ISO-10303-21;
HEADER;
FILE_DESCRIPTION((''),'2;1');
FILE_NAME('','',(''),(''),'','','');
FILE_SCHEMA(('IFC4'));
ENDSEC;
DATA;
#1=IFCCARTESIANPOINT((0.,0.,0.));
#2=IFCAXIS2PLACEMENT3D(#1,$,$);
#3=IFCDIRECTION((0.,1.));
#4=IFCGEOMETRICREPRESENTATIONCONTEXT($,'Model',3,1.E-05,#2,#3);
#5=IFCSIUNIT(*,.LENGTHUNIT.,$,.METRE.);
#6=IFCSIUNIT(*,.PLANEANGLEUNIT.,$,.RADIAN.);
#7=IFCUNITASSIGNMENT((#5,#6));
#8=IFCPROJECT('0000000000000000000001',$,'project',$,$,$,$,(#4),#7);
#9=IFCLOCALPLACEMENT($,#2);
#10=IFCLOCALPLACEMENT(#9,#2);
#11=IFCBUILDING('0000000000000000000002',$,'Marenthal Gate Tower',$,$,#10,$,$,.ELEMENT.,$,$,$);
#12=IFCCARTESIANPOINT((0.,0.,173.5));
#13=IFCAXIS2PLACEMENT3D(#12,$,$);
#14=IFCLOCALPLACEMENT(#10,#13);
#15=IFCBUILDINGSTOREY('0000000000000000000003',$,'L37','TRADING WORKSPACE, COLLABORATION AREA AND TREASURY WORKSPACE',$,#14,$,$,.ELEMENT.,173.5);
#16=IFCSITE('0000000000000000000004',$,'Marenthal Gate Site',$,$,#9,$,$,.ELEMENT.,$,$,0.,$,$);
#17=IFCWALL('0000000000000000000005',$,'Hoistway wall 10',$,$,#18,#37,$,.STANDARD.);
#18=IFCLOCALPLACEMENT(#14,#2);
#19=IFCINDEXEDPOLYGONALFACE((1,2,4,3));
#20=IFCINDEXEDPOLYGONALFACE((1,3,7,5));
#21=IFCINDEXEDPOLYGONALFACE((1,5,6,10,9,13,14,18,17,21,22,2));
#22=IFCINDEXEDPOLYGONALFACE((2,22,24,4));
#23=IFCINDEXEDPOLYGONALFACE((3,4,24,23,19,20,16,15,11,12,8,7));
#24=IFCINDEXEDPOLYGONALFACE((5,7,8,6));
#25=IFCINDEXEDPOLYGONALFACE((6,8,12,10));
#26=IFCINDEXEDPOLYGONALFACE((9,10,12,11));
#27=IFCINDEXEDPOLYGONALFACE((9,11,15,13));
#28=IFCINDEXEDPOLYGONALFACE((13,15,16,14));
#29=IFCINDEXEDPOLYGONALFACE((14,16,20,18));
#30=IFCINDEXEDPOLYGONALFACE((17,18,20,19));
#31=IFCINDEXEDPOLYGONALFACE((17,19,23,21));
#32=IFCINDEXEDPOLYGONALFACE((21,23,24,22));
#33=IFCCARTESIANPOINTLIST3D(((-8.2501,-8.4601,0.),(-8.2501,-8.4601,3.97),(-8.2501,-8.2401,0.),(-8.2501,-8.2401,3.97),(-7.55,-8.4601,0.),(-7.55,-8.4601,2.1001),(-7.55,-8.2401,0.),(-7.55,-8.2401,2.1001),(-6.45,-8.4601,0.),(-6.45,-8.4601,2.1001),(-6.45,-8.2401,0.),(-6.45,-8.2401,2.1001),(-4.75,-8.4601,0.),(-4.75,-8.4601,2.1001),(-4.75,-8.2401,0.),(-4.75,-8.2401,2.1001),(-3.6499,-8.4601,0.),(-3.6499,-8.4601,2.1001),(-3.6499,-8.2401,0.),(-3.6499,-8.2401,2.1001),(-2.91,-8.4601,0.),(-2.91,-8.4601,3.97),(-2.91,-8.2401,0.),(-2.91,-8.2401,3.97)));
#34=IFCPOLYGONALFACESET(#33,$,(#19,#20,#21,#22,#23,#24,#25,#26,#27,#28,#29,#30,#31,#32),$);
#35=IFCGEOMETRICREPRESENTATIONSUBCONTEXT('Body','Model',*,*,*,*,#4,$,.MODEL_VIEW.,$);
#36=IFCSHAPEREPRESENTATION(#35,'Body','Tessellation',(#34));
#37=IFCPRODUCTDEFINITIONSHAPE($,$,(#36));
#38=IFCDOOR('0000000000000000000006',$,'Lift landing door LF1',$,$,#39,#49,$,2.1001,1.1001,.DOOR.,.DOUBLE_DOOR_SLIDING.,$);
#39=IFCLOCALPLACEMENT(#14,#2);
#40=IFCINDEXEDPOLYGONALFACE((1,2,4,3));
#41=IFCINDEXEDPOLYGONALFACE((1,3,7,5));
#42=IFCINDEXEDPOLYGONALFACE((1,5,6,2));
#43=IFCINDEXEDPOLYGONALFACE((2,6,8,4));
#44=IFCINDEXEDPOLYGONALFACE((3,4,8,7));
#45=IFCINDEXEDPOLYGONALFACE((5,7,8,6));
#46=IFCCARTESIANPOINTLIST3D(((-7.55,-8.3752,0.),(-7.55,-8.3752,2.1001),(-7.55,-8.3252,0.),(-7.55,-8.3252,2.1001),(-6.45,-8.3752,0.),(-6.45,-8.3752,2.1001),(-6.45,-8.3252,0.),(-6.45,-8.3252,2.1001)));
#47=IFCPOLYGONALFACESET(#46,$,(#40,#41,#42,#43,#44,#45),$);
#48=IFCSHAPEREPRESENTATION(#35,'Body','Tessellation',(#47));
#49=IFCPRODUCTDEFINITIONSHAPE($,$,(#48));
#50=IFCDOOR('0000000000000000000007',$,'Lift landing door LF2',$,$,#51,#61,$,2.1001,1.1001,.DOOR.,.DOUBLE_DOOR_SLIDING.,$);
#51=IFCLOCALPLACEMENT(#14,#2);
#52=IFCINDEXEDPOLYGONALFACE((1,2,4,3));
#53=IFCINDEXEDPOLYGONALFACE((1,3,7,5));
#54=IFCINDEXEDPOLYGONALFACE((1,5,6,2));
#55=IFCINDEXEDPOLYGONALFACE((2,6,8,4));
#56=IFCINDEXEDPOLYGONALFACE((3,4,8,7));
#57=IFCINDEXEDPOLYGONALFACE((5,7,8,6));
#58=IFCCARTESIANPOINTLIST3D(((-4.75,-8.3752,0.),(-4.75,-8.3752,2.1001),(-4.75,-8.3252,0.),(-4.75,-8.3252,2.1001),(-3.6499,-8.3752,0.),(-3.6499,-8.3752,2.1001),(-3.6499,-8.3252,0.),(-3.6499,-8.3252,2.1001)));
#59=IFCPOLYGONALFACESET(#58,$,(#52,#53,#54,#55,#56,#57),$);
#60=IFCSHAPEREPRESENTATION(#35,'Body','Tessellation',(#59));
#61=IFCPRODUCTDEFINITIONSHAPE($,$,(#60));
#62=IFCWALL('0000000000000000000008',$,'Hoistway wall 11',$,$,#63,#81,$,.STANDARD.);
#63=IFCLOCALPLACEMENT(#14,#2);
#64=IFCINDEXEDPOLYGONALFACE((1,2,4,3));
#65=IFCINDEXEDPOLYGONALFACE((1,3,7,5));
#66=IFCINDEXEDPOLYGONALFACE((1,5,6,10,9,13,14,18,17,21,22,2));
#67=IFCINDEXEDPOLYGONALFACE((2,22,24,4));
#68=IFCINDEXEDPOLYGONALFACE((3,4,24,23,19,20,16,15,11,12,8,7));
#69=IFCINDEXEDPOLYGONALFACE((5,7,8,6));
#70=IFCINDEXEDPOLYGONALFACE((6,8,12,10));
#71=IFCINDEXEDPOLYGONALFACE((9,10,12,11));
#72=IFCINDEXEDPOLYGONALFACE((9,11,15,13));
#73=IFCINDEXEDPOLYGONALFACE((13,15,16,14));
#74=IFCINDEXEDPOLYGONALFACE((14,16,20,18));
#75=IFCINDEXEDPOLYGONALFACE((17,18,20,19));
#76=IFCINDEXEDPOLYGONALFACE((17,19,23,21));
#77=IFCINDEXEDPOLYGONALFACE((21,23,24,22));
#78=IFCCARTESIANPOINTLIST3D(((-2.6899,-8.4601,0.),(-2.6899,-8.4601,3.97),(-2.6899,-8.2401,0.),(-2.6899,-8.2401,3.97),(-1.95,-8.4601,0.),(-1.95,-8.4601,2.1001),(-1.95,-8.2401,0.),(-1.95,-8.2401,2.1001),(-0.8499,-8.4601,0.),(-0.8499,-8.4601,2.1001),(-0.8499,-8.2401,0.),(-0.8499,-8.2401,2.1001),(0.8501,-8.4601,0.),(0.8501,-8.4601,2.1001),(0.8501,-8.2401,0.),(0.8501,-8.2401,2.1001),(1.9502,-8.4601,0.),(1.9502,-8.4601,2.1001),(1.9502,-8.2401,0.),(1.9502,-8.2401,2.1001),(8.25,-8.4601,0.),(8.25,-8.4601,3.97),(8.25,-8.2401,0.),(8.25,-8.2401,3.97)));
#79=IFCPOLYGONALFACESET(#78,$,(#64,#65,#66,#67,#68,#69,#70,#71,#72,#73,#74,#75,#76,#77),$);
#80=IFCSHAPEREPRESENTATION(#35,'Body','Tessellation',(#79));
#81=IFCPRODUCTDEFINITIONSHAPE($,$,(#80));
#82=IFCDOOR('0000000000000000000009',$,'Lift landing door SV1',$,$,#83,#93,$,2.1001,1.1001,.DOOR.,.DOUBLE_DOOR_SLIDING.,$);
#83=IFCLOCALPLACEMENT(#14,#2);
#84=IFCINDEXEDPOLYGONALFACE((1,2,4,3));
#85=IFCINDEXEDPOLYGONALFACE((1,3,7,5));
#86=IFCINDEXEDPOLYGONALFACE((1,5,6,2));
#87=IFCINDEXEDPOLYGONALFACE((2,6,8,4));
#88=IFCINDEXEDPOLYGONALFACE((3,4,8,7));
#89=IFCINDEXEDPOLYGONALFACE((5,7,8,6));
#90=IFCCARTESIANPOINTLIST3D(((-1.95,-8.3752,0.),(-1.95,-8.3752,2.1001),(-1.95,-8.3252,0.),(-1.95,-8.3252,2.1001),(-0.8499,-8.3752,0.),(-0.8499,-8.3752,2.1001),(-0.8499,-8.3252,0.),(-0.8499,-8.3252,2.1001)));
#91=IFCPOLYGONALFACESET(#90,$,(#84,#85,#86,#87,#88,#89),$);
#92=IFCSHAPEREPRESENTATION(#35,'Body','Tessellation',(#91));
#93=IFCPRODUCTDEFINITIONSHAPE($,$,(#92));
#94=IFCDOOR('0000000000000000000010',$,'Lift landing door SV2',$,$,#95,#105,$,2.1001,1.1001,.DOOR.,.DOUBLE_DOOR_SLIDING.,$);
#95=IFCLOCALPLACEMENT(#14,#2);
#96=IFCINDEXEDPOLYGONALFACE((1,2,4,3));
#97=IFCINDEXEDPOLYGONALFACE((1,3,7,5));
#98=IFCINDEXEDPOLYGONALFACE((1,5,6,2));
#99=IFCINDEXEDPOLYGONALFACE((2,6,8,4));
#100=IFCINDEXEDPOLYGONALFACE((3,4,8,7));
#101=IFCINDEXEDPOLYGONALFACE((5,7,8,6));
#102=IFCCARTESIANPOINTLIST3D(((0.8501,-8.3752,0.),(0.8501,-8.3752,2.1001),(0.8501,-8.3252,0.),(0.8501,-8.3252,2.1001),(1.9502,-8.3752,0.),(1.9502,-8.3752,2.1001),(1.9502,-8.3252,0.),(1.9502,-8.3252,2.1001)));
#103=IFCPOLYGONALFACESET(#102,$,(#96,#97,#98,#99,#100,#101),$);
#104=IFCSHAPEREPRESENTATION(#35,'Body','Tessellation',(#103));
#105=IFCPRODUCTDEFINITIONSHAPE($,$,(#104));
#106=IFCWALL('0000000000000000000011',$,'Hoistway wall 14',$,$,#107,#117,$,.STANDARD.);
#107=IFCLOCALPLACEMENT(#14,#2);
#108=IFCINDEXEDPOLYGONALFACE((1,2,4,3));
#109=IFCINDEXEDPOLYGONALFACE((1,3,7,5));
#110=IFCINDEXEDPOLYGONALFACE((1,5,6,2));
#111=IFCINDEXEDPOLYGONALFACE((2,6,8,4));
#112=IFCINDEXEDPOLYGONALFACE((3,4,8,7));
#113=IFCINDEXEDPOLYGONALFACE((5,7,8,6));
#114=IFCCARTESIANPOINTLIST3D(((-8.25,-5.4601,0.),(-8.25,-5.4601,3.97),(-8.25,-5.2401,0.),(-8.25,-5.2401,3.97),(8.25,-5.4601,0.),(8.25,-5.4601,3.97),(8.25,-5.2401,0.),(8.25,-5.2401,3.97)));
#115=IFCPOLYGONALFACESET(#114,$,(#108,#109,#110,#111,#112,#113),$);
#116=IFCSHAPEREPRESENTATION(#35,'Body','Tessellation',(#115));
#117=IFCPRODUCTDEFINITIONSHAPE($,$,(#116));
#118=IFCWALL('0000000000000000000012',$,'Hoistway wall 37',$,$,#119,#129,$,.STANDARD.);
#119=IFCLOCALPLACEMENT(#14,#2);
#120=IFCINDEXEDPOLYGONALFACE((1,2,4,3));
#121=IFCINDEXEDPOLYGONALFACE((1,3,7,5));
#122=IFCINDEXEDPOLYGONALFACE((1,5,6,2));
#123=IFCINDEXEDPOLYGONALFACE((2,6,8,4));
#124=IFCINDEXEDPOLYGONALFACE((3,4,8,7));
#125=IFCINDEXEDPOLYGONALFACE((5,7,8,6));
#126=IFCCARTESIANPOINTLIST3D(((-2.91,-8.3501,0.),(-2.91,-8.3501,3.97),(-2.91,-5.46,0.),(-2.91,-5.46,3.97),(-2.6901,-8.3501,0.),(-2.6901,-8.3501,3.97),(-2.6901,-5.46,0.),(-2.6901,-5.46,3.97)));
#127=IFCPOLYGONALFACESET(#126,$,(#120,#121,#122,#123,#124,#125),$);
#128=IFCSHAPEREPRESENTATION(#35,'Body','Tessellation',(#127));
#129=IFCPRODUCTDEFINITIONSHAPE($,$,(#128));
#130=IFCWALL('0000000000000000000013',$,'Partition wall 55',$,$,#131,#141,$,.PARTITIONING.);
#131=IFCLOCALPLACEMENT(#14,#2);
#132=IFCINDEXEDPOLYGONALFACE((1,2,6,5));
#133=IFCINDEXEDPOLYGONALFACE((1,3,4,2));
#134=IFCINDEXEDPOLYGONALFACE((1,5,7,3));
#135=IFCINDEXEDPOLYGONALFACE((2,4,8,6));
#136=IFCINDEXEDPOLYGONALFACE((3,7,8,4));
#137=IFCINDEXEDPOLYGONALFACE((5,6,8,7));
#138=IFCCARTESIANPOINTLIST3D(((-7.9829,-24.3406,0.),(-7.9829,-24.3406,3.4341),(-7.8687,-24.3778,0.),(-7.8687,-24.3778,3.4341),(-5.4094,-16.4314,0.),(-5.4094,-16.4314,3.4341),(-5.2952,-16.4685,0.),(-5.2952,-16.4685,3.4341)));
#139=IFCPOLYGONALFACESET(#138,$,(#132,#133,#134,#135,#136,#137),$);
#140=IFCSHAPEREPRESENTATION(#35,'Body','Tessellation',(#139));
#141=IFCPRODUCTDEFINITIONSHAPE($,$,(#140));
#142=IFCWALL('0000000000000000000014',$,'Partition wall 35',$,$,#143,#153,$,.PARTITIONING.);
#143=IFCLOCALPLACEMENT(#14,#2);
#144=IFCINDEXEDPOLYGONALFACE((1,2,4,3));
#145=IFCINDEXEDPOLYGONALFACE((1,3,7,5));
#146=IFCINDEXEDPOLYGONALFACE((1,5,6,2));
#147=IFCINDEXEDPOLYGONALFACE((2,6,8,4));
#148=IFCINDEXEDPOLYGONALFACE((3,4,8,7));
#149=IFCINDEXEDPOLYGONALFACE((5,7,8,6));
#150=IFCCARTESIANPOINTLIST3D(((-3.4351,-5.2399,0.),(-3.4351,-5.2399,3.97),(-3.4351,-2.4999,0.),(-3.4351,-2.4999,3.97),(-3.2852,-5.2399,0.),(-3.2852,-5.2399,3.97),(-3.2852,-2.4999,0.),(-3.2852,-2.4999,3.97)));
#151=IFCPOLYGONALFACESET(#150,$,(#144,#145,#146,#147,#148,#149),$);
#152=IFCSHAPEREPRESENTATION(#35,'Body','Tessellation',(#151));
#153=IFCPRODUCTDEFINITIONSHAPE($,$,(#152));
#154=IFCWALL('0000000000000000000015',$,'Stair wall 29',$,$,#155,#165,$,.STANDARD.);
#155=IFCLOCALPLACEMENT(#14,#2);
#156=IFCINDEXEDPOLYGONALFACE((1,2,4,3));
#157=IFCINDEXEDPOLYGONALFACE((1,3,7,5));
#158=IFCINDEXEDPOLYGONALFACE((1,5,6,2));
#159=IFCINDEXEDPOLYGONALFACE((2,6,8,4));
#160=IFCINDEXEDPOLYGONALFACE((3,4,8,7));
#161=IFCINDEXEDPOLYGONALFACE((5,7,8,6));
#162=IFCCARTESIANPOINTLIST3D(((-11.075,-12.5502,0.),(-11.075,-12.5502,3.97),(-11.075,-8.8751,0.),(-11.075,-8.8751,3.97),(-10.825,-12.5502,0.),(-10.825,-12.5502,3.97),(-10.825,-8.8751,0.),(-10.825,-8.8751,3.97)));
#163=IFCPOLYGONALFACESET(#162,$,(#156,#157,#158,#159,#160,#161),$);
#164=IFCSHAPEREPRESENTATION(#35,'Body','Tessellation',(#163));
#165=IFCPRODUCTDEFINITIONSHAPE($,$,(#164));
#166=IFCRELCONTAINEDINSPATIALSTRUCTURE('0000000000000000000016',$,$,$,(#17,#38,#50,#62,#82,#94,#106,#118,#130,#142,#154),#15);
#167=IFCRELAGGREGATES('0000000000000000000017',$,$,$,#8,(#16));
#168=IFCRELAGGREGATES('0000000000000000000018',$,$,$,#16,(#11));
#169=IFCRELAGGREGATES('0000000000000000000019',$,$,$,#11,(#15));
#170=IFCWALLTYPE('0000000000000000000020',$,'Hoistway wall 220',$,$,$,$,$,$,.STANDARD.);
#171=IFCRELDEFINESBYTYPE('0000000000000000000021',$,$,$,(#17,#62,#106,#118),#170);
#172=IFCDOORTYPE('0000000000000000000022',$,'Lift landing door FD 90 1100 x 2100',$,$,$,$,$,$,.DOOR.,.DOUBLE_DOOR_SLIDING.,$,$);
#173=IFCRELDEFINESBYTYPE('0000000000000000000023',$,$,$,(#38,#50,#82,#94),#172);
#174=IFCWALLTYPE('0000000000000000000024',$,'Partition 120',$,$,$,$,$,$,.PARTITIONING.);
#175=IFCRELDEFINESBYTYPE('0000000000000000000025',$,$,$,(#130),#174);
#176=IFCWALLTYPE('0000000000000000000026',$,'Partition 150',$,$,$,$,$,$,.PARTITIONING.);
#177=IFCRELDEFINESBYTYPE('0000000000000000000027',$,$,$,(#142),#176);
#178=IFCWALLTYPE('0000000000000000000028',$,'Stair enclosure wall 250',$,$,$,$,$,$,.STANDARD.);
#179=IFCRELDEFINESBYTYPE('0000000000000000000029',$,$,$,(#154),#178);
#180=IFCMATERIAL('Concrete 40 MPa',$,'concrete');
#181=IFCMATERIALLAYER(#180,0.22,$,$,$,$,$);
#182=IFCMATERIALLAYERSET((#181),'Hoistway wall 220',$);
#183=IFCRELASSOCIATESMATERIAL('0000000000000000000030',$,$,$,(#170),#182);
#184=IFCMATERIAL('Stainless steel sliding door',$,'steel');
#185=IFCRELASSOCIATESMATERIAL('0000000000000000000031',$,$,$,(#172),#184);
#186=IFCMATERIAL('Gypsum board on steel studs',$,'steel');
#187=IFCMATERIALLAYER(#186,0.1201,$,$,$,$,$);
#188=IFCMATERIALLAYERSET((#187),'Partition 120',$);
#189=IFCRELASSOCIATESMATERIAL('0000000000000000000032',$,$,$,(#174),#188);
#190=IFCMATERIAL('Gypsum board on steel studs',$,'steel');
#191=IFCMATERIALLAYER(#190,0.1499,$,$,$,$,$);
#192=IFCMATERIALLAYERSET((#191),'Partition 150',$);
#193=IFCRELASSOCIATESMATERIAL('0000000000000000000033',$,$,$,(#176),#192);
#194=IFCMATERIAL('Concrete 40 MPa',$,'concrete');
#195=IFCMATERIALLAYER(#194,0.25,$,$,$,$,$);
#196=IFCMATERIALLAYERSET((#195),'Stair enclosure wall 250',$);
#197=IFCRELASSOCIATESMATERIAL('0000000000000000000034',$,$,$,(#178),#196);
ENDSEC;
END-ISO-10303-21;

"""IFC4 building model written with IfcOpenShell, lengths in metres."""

from ifc_helpers import new_model, si_unit, direction, frame, frame_2d, origin, place, context, subcontext, project, spatial, rectangle, extrude, material, layer, layer_set, type_object, element, fill, save


model = new_model("IFC4")

# Units and contexts
model_context = context("Model", 3, precision=1e-05, world=origin(), true_north=direction((0.0, 1.0)))
body_context = subcontext(model_context, "Body", "Model", "MODEL_VIEW")
ifc_project = project(units=[si_unit("LENGTHUNIT", "METRE"), si_unit("PLANEANGLEUNIT", "RADIAN")], contexts=[model_context])

# Site, building, storey
site_placement = place(None, origin())
site = spatial("IfcSite", under=ifc_project, at=site_placement, Name="Marenthal Gate Site", CompositionType="ELEMENT", RefElevation=0.0)
building_placement = place(site_placement, origin())
building = spatial("IfcBuilding", under=site, at=building_placement, Name="Marenthal Gate Tower", CompositionType="ELEMENT")
storey_placement = place(building_placement, frame((0.0, 0.0, 173.5)))
storey = spatial("IfcBuildingStorey", under=building, at=storey_placement, Name="L37", Description="TRADING WORKSPACE, COLLABORATION AREA AND TREASURY WORKSPACE", CompositionType="ELEMENT", Elevation=173.5)

# Walls, openings, doors
ifc_material_1 = material(Name="Concrete 40 MPa", Category="concrete")
ifc_layer_1 = layer(ifc_material_1, 0.22)
ifc_layer_set_1 = layer_set([ifc_layer_1], Name="Hoistway wall 220")
wall_type_1 = type_object("IfcWallType", Name="Hoistway wall 220", PredefinedType="STANDARD", material=ifc_layer_set_1)
wall_1_placement = place(storey_placement, frame((-8.25, -8.3501, 0.0), z_axis=(0.0, 0.0, 1.0), x_axis=(1.0, 0.0, 0.0)))
wall_1 = element("IfcWall", 1, at=wall_1_placement, inside=storey, type_object=wall_type_1, Name="Hoistway wall 10", PredefinedType="STANDARD", context=body_context, shape_type="SweptSolid", body=[
    extrude(rectangle(XDim=5.3401, YDim=0.22, at=frame_2d((2.6699, 0.0))), origin(), (0.0, 0.0, 1.0), 3.97),
])
opening_1_placement = place(wall_1_placement, frame((0.7, 0.0, 0.0)))
opening_1 = element("IfcOpeningElement", 2, at=opening_1_placement, cuts=wall_1, PredefinedType="OPENING", context=body_context, shape_type="SweptSolid", body=[
    extrude(rectangle(XDim=1.1001, YDim=2.1001, at=frame_2d((0.55, 1.05))), frame((0.0, 0.1201, 0.0), z_axis=(0.0, -1.0, 0.0), x_axis=(1.0, 0.0, 0.0)), (0.0, 0.0, 1.0), 0.24),
])
opening_2_placement = place(wall_1_placement, frame((3.5, 0.0, 0.0)))
opening_2 = element("IfcOpeningElement", 3, at=opening_2_placement, cuts=wall_1, PredefinedType="OPENING", context=body_context, shape_type="SweptSolid", body=[
    extrude(rectangle(XDim=1.1001, YDim=2.1001, at=frame_2d((0.55, 1.05))), frame((0.0, 0.1201, 0.0), z_axis=(0.0, -1.0, 0.0), x_axis=(1.0, 0.0, 0.0)), (0.0, 0.0, 1.0), 0.24),
])
ifc_material_2 = material(Name="Stainless steel sliding door", Category="steel")
door_type_1 = type_object("IfcDoorType", Name="Lift landing door FD 90 1100 x 2100", OperationType="DOUBLE_DOOR_SLIDING", PredefinedType="DOOR", material=ifc_material_2)
door_1_placement = place(opening_1_placement, origin())
door_1 = element("IfcDoor", 4, at=door_1_placement, inside=storey, type_object=door_type_1, Name="Lift landing door LF1", OperationType="DOUBLE_DOOR_SLIDING", OverallHeight=2.1001, OverallWidth=1.1001, PredefinedType="DOOR", context=body_context, shape_type="SweptSolid", body=[
    extrude(rectangle(XDim=1.1001, YDim=2.1001, at=frame_2d((0.55, 1.05))), frame((0.0, 0.0249, 0.0), z_axis=(0.0, -1.0, 0.0), x_axis=(1.0, 0.0, 0.0)), (0.0, 0.0, 1.0), 0.05),
])
fill(opening_1, door_1)
door_2_placement = place(opening_2_placement, origin())
door_2 = element("IfcDoor", 5, at=door_2_placement, inside=storey, type_object=door_type_1, Name="Lift landing door LF2", OperationType="DOUBLE_DOOR_SLIDING", OverallHeight=2.1001, OverallWidth=1.1001, PredefinedType="DOOR", context=body_context, shape_type="SweptSolid", body=[
    extrude(rectangle(XDim=1.1001, YDim=2.1001, at=frame_2d((0.55, 1.05))), frame((0.0, 0.0249, 0.0), z_axis=(0.0, -1.0, 0.0), x_axis=(1.0, 0.0, 0.0)), (0.0, 0.0, 1.0), 0.05),
])
fill(opening_2, door_2)
wall_2_placement = place(storey_placement, frame((-2.6899, -8.3501, 0.0), z_axis=(0.0, 0.0, 1.0), x_axis=(1.0, 0.0, 0.0)))
wall_2 = element("IfcWall", 6, at=wall_2_placement, inside=storey, type_object=wall_type_1, Name="Hoistway wall 11", PredefinedType="STANDARD", context=body_context, shape_type="SweptSolid", body=[
    extrude(rectangle(XDim=10.9399, YDim=0.22, at=frame_2d((5.47, 0.0))), origin(), (0.0, 0.0, 1.0), 3.97),
])
opening_3_placement = place(wall_2_placement, frame((0.74, 0.0, 0.0)))
opening_3 = element("IfcOpeningElement", 7, at=opening_3_placement, cuts=wall_2, PredefinedType="OPENING", context=body_context, shape_type="SweptSolid", body=[
    extrude(rectangle(XDim=1.1001, YDim=2.1001, at=frame_2d((0.55, 1.05))), frame((0.0, 0.1201, 0.0), z_axis=(0.0, -1.0, 0.0), x_axis=(1.0, 0.0, 0.0)), (0.0, 0.0, 1.0), 0.24),
])
opening_4_placement = place(wall_2_placement, frame((3.54, 0.0, 0.0)))
opening_4 = element("IfcOpeningElement", 8, at=opening_4_placement, cuts=wall_2, PredefinedType="OPENING", context=body_context, shape_type="SweptSolid", body=[
    extrude(rectangle(XDim=1.1001, YDim=2.1001, at=frame_2d((0.55, 1.05))), frame((0.0, 0.1201, 0.0), z_axis=(0.0, -1.0, 0.0), x_axis=(1.0, 0.0, 0.0)), (0.0, 0.0, 1.0), 0.24),
])
door_3_placement = place(opening_3_placement, origin())
door_3 = element("IfcDoor", 9, at=door_3_placement, inside=storey, type_object=door_type_1, Name="Lift landing door SV1", OperationType="DOUBLE_DOOR_SLIDING", OverallHeight=2.1001, OverallWidth=1.1001, PredefinedType="DOOR", context=body_context, shape_type="SweptSolid", body=[
    extrude(rectangle(XDim=1.1001, YDim=2.1001, at=frame_2d((0.55, 1.05))), frame((0.0, 0.0249, 0.0), z_axis=(0.0, -1.0, 0.0), x_axis=(1.0, 0.0, 0.0)), (0.0, 0.0, 1.0), 0.05),
])
fill(opening_3, door_3)
door_4_placement = place(opening_4_placement, origin())
door_4 = element("IfcDoor", 10, at=door_4_placement, inside=storey, type_object=door_type_1, Name="Lift landing door SV2", OperationType="DOUBLE_DOOR_SLIDING", OverallHeight=2.1001, OverallWidth=1.1001, PredefinedType="DOOR", context=body_context, shape_type="SweptSolid", body=[
    extrude(rectangle(XDim=1.1001, YDim=2.1001, at=frame_2d((0.55, 1.05))), frame((0.0, 0.0249, 0.0), z_axis=(0.0, -1.0, 0.0), x_axis=(1.0, 0.0, 0.0)), (0.0, 0.0, 1.0), 0.05),
])
fill(opening_4, door_4)

# Walls
wall_3_placement = place(storey_placement, frame((-8.25, -5.3501, 0.0), z_axis=(0.0, 0.0, 1.0), x_axis=(1.0, 0.0, 0.0)))
element("IfcWall", 11, at=wall_3_placement, inside=storey, type_object=wall_type_1, Name="Hoistway wall 14", PredefinedType="STANDARD", context=body_context, shape_type="SweptSolid", body=[
    extrude(rectangle(XDim=16.5, YDim=0.22, at=frame_2d((8.25, 0.0))), origin(), (0.0, 0.0, 1.0), 3.97),
])
wall_4_placement = place(storey_placement, frame((-2.8, -8.3501, 0.0), z_axis=(0.0, 0.0, 1.0), x_axis=(0.0, 1.0, 0.0)))
element("IfcWall", 12, at=wall_4_placement, inside=storey, type_object=wall_type_1, Name="Hoistway wall 37", PredefinedType="STANDARD", context=body_context, shape_type="SweptSolid", body=[
    extrude(rectangle(XDim=2.8901, YDim=0.22, at=frame_2d((1.4451, 0.0))), origin(), (0.0, 0.0, 1.0), 3.97),
])
ifc_material_3 = material(Name="Gypsum board on steel studs", Category="steel")
ifc_layer_2 = layer(ifc_material_3, 0.1201)
ifc_layer_set_2 = layer_set([ifc_layer_2], Name="Partition 120")
wall_type_2 = type_object("IfcWallType", Name="Partition 120", PredefinedType="PARTITIONING", material=ifc_layer_set_2)
wall_5_placement = place(storey_placement, frame((-5.3523, -16.45, 0.0), z_axis=(0.0, 0.0, 1.0), x_axis=(-0.309413, -0.950928, 0.0)))
element("IfcWall", 13, at=wall_5_placement, inside=storey, type_object=wall_type_2, Name="Partition wall 55", PredefinedType="PARTITIONING", context=body_context, shape_type="SweptSolid", body=[
    extrude(rectangle(XDim=8.3174, YDim=0.1201, at=frame_2d((4.1587, 0.0))), origin(), (0.0, 0.0, 1.0), 3.4341),
])
ifc_material_4 = material(Name="Gypsum board on steel studs", Category="steel")
ifc_layer_3 = layer(ifc_material_4, 0.1499)
ifc_layer_set_3 = layer_set([ifc_layer_3], Name="Partition 150")
wall_type_3 = type_object("IfcWallType", Name="Partition 150", PredefinedType="PARTITIONING", material=ifc_layer_set_3)
wall_6_placement = place(storey_placement, frame((-3.3601, -5.24, 0.0), z_axis=(0.0, 0.0, 1.0), x_axis=(0.0, 1.0, 0.0)))
element("IfcWall", 14, at=wall_6_placement, inside=storey, type_object=wall_type_3, Name="Partition wall 35", PredefinedType="PARTITIONING", context=body_context, shape_type="SweptSolid", body=[
    extrude(rectangle(XDim=2.74, YDim=0.1499, at=frame_2d((1.3701, 0.0))), origin(), (0.0, 0.0, 1.0), 3.97),
])
ifc_material_5 = material(Name="Concrete 40 MPa", Category="concrete")
ifc_layer_4 = layer(ifc_material_5, 0.25)
ifc_layer_set_4 = layer_set([ifc_layer_4], Name="Stair enclosure wall 250")
wall_type_4 = type_object("IfcWallType", Name="Stair enclosure wall 250", PredefinedType="STANDARD", material=ifc_layer_set_4)
wall_7_placement = place(storey_placement, frame((-10.95, -12.55, 0.0), z_axis=(0.0, 0.0, 1.0), x_axis=(0.0, 1.0, 0.0)))
element("IfcWall", 15, at=wall_7_placement, inside=storey, type_object=wall_type_4, Name="Stair wall 29", PredefinedType="STANDARD", context=body_context, shape_type="SweptSolid", body=[
    extrude(rectangle(XDim=3.675, YDim=0.25, at=frame_2d((1.8374, 0.0))), origin(), (0.0, 0.0, 1.0), 3.97),
])

save(model, "model.ifc")
